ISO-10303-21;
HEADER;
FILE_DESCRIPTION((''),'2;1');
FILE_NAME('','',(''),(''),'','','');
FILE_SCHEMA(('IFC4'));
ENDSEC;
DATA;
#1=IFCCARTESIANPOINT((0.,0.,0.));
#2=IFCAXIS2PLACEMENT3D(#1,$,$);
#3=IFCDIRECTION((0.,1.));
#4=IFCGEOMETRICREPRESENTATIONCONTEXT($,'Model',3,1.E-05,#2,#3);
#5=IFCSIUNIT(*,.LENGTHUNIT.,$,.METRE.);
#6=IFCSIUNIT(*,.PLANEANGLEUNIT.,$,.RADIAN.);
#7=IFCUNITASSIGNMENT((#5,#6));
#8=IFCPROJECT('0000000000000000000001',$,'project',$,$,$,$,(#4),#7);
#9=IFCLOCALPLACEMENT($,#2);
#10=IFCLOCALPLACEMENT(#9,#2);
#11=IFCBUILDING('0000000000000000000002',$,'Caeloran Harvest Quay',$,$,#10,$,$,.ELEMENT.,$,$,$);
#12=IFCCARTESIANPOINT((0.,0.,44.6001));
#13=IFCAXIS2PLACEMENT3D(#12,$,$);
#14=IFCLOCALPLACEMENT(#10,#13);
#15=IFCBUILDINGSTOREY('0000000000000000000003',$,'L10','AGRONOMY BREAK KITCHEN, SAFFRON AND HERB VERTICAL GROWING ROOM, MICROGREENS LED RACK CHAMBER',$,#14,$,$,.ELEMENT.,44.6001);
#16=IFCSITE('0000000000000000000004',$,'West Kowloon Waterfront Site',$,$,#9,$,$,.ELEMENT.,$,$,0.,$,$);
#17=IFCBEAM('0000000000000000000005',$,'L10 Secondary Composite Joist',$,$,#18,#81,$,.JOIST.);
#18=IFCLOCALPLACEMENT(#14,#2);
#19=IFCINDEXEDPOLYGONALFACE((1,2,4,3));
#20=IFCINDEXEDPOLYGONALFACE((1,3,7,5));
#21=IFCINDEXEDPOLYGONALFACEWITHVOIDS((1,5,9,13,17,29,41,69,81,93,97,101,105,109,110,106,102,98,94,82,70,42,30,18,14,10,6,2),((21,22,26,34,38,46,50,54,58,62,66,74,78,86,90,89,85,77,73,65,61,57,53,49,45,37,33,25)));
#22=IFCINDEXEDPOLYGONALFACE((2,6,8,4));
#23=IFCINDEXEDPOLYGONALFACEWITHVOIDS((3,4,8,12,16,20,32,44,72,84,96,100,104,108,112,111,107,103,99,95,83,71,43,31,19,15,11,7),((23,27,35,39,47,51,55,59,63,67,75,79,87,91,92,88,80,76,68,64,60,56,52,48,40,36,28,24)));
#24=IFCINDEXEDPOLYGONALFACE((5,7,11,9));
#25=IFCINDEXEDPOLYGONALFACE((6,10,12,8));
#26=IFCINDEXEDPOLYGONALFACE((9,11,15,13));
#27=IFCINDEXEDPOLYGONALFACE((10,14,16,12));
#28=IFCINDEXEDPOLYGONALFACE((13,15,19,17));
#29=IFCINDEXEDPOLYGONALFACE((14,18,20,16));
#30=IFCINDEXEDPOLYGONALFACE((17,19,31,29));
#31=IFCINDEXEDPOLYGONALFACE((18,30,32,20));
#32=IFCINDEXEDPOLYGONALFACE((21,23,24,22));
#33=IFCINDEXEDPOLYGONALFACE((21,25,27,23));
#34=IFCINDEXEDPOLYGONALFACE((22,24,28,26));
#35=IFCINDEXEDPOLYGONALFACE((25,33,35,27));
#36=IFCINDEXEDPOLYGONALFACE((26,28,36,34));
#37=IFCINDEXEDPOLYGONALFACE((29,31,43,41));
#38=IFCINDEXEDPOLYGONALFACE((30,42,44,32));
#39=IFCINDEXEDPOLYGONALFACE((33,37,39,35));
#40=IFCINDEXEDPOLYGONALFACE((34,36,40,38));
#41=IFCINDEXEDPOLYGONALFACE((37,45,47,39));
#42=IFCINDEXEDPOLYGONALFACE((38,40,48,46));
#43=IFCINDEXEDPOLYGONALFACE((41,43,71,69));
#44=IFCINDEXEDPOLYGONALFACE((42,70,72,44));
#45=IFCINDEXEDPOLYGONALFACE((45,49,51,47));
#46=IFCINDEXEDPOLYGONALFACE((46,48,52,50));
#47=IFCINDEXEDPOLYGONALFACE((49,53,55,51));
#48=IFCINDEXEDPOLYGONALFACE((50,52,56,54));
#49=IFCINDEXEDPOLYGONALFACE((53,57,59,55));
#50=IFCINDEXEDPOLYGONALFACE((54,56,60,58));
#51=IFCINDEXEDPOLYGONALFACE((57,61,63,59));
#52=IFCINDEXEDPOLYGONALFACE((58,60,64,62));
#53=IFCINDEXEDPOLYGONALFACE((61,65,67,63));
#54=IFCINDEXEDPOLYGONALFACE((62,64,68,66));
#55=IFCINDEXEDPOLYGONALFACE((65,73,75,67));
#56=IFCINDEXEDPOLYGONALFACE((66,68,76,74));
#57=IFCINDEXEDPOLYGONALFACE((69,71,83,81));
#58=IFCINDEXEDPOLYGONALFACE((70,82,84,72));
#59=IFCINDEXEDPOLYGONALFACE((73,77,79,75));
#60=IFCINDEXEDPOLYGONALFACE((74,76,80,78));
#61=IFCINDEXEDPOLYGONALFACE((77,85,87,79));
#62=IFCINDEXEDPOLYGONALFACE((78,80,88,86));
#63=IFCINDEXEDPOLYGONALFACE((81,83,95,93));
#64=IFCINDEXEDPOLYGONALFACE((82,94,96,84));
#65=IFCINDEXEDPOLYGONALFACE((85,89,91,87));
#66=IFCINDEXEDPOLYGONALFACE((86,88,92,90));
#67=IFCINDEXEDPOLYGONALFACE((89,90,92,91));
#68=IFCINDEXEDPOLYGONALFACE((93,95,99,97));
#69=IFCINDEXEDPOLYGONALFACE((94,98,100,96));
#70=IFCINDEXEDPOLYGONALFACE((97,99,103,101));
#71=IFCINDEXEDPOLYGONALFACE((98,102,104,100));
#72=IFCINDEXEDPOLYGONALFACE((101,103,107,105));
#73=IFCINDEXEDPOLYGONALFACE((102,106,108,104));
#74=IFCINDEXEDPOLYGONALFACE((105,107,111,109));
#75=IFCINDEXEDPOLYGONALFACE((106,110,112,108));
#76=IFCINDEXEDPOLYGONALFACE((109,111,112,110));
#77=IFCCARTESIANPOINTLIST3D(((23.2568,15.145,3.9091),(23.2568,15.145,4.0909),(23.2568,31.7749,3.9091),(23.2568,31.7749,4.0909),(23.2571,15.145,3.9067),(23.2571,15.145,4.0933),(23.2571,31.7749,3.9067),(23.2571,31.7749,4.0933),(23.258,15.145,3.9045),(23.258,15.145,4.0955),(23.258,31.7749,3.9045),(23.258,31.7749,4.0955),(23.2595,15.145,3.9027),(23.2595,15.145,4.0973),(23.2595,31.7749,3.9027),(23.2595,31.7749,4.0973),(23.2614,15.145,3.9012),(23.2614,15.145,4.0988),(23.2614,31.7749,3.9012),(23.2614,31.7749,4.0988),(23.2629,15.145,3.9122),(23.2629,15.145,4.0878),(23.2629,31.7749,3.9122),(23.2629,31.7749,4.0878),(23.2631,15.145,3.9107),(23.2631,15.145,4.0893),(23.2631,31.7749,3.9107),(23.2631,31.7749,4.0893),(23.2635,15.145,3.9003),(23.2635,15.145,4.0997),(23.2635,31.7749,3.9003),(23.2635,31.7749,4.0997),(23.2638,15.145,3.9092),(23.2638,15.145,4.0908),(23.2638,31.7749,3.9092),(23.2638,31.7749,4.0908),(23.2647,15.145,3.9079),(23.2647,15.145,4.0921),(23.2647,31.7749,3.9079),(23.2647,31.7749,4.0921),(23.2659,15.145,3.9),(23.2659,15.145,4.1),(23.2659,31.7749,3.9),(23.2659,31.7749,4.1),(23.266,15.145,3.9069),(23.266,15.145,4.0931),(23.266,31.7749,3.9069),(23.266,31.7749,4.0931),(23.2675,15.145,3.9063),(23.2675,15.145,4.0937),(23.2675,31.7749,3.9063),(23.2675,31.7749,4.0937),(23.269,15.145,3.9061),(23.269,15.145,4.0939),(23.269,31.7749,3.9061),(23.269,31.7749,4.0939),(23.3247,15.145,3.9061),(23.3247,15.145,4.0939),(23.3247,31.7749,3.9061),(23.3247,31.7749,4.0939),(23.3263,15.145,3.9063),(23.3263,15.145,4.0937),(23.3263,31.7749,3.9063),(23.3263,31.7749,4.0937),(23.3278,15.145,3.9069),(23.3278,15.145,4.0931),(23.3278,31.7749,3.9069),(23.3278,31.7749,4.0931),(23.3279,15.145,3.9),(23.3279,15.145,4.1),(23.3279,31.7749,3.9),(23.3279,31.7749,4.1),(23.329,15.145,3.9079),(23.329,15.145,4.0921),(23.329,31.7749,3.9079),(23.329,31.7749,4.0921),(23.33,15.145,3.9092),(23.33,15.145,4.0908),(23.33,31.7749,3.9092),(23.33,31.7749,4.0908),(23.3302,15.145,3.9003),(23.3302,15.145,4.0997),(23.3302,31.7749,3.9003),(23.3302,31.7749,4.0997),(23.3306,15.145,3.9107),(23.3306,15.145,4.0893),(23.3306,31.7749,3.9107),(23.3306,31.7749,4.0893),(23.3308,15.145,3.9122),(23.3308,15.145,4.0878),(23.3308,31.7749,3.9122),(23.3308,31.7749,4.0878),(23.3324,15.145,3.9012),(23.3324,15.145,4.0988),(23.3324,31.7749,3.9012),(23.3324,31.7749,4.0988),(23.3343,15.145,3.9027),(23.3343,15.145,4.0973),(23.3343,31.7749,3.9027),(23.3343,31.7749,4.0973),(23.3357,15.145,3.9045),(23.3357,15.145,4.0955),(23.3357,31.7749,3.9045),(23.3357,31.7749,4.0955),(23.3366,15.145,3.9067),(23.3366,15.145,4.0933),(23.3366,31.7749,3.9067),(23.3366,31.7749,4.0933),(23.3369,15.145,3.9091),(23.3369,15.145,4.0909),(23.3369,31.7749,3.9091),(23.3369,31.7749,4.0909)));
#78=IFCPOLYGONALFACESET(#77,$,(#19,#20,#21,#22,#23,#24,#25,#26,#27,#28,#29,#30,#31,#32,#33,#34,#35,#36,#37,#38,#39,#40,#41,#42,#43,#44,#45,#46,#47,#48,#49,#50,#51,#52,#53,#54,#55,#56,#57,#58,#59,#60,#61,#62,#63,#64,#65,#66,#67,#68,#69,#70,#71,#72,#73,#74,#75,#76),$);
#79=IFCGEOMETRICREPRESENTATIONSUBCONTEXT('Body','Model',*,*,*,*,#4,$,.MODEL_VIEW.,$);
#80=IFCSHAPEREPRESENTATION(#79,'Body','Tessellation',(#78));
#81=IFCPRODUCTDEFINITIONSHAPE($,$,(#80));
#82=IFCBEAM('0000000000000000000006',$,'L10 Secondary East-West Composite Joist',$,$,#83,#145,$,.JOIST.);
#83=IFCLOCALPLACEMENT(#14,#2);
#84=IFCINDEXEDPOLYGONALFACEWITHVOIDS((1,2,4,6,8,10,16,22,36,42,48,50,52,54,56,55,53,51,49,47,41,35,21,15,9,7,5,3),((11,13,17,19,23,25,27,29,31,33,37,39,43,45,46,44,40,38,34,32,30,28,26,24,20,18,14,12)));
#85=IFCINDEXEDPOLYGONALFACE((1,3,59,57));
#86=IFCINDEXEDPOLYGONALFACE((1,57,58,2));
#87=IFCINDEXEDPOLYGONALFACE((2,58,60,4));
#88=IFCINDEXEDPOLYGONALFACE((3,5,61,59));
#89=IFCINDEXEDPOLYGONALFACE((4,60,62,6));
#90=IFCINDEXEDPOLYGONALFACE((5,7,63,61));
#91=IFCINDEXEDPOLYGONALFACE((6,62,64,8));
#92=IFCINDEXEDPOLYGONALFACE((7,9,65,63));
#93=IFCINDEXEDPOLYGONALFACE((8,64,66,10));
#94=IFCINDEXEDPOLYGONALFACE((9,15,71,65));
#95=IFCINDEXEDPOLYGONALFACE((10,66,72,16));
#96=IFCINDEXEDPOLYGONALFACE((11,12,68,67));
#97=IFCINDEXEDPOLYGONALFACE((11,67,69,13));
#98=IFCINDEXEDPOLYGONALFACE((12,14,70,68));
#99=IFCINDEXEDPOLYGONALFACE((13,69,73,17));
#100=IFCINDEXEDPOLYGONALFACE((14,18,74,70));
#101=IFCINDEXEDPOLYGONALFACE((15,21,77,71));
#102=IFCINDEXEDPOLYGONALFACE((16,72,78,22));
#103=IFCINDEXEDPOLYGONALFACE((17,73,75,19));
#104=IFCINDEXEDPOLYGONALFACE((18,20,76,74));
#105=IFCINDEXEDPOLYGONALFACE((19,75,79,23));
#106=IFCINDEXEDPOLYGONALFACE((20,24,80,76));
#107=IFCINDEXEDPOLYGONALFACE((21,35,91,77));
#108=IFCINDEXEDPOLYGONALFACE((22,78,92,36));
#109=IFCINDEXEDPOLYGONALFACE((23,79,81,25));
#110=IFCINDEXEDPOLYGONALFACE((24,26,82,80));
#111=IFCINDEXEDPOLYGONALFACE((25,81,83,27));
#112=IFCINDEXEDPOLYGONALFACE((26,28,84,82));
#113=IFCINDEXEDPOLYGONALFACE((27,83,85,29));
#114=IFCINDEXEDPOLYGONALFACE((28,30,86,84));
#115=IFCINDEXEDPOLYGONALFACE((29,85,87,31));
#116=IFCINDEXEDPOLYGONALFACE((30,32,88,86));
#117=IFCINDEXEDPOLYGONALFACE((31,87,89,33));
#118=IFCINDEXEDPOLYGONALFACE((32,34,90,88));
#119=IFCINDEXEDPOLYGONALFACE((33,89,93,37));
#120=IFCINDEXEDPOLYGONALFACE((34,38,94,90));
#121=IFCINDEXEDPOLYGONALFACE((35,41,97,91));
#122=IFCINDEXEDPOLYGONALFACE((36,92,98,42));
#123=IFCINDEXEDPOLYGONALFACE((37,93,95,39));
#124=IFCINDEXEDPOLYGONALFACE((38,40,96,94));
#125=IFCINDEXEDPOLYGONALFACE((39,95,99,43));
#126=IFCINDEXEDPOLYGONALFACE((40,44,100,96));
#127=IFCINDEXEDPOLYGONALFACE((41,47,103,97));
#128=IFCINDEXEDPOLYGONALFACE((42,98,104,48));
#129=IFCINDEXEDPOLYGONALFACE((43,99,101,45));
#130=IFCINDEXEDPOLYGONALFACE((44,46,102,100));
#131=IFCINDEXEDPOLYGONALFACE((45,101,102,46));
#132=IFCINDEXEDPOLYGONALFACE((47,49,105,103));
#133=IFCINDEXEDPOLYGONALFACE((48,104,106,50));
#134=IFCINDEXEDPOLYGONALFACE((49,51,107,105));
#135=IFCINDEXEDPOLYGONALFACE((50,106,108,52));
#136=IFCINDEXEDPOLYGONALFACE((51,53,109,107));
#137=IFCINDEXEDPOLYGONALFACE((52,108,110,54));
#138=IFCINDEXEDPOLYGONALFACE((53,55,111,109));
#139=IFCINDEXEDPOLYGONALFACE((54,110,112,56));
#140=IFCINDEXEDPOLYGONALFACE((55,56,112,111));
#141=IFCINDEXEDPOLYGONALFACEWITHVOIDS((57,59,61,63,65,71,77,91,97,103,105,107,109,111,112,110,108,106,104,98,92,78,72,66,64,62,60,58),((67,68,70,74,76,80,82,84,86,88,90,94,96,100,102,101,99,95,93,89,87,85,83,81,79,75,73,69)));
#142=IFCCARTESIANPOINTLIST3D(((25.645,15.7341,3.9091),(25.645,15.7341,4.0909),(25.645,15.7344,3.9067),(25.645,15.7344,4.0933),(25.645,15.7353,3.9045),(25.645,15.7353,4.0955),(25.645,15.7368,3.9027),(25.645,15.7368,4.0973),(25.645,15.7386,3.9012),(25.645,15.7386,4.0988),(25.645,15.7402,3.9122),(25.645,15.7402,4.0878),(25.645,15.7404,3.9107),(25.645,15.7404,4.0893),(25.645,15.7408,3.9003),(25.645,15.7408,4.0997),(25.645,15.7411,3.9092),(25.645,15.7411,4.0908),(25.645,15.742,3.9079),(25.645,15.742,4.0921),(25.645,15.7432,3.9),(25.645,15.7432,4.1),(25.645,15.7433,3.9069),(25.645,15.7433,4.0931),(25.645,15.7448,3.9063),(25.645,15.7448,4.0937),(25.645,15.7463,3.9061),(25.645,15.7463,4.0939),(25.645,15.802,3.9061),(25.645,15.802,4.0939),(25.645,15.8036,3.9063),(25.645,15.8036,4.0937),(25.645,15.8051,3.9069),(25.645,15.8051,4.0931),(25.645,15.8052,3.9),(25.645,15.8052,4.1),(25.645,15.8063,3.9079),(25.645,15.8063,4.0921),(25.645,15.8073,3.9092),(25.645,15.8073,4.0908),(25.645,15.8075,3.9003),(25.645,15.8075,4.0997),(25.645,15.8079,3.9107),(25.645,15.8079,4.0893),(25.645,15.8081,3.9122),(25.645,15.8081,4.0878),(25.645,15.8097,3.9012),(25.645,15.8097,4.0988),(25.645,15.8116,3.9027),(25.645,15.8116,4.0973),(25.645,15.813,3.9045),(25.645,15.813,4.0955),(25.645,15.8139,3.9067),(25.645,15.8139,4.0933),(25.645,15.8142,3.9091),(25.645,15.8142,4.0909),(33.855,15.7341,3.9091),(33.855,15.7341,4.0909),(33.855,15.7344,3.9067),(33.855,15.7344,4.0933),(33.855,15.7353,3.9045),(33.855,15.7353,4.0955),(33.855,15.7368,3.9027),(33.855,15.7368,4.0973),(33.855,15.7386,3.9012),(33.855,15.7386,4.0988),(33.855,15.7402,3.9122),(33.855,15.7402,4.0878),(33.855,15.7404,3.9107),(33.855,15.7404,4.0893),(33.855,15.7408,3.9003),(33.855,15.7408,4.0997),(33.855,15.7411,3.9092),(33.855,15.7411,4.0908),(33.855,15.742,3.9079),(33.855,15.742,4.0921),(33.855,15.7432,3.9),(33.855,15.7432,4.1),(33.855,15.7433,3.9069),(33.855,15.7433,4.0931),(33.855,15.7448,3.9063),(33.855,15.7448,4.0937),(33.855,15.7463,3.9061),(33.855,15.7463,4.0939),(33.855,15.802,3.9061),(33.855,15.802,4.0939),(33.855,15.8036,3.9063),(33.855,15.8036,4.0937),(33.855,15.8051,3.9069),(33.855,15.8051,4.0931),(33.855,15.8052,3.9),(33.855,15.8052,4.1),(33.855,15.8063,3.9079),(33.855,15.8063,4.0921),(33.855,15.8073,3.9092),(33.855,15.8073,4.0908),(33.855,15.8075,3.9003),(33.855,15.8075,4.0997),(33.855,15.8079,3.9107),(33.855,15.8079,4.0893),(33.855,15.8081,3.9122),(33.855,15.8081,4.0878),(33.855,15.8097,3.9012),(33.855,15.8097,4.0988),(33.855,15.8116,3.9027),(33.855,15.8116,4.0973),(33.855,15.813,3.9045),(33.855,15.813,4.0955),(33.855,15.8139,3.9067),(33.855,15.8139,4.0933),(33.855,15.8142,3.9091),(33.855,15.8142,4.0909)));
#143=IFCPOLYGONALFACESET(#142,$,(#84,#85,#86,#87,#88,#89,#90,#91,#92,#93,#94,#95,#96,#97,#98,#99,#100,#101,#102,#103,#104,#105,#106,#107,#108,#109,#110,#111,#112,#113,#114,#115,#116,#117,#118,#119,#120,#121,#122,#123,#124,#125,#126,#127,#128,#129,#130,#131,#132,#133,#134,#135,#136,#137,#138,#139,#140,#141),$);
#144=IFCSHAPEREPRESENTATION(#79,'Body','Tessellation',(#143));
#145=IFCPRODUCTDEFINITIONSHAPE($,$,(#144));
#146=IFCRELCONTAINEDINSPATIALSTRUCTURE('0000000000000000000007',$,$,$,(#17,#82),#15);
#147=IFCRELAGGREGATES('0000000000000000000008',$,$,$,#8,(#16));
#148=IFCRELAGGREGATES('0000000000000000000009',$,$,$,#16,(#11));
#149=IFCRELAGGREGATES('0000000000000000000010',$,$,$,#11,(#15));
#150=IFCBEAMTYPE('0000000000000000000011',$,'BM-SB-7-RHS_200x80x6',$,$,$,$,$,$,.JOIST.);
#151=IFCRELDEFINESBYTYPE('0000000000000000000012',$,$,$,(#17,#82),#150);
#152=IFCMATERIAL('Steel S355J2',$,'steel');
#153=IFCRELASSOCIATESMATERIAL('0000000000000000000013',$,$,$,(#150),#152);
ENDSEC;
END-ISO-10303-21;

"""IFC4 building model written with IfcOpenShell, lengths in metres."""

from ifc_helpers import new_model, si_unit, direction, frame, origin, origin_2d, place, context, subcontext, project, spatial, hollow_rectangle, extrude, material, material_profile, profile_set, type_object, element, save


model = new_model("IFC4")

# Units and contexts
model_context = context("Model", 3, precision=1e-05, world=origin(), true_north=direction((0.0, 1.0)))
body_context = subcontext(model_context, "Body", "Model", "MODEL_VIEW")
ifc_project = project(units=[si_unit("LENGTHUNIT", "METRE"), si_unit("PLANEANGLEUNIT", "RADIAN")], contexts=[model_context])

# Site, building, storey
site_placement = place(None, origin())
site = spatial("IfcSite", under=ifc_project, at=site_placement, Name="West Kowloon Waterfront Site", CompositionType="ELEMENT", RefElevation=0.0)
building_placement = place(site_placement, origin())
building = spatial("IfcBuilding", under=site, at=building_placement, Name="Caeloran Harvest Quay", CompositionType="ELEMENT")
storey_placement = place(building_placement, frame((0.0, 0.0, 44.6001)))
storey = spatial("IfcBuildingStorey", under=building, at=storey_placement, Name="L10", Description="AGRONOMY BREAK KITCHEN, SAFFRON AND HERB VERTICAL GROWING ROOM, MICROGREENS LED RACK CHAMBER", CompositionType="ELEMENT", Elevation=44.6001)

# Beams
ifc_material_1 = material(Name="Steel S355J2", Category="steel")
ifc_material_profile_1 = material_profile(ifc_material_1, hollow_rectangle(XDim=0.0801, YDim=0.2, WallThickness=0.0061, InnerFilletRadius=0.0061, OuterFilletRadius=0.009, at=origin_2d()), Name="RHS 200x80x6")
ifc_profile_set_1 = profile_set([ifc_material_profile_1], Name="Steel S355J2")
beam_type_1 = type_object("IfcBeamType", Name="BM-SB-7-RHS_200x80x6", PredefinedType="JOIST", material=ifc_profile_set_1)
beam_placement = place(storey_placement, frame((23.2969, 15.145, 4.0), z_axis=(0.0, 1.0, 0.0), x_axis=(-1.0, 0.0, 0.0)))
element("IfcBeam", 1, at=beam_placement, inside=storey, type_object=beam_type_1, Name="L10 Secondary Composite Joist", PredefinedType="JOIST", context=body_context, shape_type="SweptSolid", body=[
    extrude(hollow_rectangle(XDim=0.0801, YDim=0.2, WallThickness=0.0061, InnerFilletRadius=0.0061, OuterFilletRadius=0.009, at=origin_2d()), origin(), (0.0, 0.0, 1.0), 16.6299),
])
for number, where, z_axis, x_axis, name in (
    (2, (25.645, 15.7742, 4.0), (1.0, 0.0, 0.0), (0.0, 1.0, 0.0), "L10 Secondary East-West Composite Joist"),
):
    element("IfcBeam", number, at=place(storey_placement, frame(where, z_axis=z_axis, x_axis=x_axis)), inside=storey, type_object=beam_type_1, Name=name, PredefinedType="JOIST", context=body_context, shape_type="SweptSolid", body=[
        extrude(hollow_rectangle(XDim=0.0801, YDim=0.2, WallThickness=0.0061, InnerFilletRadius=0.0061, OuterFilletRadius=0.009, at=origin_2d()), origin(), (0.0, 0.0, 1.0), 8.21),
    ])

save(model, "model.ifc")
